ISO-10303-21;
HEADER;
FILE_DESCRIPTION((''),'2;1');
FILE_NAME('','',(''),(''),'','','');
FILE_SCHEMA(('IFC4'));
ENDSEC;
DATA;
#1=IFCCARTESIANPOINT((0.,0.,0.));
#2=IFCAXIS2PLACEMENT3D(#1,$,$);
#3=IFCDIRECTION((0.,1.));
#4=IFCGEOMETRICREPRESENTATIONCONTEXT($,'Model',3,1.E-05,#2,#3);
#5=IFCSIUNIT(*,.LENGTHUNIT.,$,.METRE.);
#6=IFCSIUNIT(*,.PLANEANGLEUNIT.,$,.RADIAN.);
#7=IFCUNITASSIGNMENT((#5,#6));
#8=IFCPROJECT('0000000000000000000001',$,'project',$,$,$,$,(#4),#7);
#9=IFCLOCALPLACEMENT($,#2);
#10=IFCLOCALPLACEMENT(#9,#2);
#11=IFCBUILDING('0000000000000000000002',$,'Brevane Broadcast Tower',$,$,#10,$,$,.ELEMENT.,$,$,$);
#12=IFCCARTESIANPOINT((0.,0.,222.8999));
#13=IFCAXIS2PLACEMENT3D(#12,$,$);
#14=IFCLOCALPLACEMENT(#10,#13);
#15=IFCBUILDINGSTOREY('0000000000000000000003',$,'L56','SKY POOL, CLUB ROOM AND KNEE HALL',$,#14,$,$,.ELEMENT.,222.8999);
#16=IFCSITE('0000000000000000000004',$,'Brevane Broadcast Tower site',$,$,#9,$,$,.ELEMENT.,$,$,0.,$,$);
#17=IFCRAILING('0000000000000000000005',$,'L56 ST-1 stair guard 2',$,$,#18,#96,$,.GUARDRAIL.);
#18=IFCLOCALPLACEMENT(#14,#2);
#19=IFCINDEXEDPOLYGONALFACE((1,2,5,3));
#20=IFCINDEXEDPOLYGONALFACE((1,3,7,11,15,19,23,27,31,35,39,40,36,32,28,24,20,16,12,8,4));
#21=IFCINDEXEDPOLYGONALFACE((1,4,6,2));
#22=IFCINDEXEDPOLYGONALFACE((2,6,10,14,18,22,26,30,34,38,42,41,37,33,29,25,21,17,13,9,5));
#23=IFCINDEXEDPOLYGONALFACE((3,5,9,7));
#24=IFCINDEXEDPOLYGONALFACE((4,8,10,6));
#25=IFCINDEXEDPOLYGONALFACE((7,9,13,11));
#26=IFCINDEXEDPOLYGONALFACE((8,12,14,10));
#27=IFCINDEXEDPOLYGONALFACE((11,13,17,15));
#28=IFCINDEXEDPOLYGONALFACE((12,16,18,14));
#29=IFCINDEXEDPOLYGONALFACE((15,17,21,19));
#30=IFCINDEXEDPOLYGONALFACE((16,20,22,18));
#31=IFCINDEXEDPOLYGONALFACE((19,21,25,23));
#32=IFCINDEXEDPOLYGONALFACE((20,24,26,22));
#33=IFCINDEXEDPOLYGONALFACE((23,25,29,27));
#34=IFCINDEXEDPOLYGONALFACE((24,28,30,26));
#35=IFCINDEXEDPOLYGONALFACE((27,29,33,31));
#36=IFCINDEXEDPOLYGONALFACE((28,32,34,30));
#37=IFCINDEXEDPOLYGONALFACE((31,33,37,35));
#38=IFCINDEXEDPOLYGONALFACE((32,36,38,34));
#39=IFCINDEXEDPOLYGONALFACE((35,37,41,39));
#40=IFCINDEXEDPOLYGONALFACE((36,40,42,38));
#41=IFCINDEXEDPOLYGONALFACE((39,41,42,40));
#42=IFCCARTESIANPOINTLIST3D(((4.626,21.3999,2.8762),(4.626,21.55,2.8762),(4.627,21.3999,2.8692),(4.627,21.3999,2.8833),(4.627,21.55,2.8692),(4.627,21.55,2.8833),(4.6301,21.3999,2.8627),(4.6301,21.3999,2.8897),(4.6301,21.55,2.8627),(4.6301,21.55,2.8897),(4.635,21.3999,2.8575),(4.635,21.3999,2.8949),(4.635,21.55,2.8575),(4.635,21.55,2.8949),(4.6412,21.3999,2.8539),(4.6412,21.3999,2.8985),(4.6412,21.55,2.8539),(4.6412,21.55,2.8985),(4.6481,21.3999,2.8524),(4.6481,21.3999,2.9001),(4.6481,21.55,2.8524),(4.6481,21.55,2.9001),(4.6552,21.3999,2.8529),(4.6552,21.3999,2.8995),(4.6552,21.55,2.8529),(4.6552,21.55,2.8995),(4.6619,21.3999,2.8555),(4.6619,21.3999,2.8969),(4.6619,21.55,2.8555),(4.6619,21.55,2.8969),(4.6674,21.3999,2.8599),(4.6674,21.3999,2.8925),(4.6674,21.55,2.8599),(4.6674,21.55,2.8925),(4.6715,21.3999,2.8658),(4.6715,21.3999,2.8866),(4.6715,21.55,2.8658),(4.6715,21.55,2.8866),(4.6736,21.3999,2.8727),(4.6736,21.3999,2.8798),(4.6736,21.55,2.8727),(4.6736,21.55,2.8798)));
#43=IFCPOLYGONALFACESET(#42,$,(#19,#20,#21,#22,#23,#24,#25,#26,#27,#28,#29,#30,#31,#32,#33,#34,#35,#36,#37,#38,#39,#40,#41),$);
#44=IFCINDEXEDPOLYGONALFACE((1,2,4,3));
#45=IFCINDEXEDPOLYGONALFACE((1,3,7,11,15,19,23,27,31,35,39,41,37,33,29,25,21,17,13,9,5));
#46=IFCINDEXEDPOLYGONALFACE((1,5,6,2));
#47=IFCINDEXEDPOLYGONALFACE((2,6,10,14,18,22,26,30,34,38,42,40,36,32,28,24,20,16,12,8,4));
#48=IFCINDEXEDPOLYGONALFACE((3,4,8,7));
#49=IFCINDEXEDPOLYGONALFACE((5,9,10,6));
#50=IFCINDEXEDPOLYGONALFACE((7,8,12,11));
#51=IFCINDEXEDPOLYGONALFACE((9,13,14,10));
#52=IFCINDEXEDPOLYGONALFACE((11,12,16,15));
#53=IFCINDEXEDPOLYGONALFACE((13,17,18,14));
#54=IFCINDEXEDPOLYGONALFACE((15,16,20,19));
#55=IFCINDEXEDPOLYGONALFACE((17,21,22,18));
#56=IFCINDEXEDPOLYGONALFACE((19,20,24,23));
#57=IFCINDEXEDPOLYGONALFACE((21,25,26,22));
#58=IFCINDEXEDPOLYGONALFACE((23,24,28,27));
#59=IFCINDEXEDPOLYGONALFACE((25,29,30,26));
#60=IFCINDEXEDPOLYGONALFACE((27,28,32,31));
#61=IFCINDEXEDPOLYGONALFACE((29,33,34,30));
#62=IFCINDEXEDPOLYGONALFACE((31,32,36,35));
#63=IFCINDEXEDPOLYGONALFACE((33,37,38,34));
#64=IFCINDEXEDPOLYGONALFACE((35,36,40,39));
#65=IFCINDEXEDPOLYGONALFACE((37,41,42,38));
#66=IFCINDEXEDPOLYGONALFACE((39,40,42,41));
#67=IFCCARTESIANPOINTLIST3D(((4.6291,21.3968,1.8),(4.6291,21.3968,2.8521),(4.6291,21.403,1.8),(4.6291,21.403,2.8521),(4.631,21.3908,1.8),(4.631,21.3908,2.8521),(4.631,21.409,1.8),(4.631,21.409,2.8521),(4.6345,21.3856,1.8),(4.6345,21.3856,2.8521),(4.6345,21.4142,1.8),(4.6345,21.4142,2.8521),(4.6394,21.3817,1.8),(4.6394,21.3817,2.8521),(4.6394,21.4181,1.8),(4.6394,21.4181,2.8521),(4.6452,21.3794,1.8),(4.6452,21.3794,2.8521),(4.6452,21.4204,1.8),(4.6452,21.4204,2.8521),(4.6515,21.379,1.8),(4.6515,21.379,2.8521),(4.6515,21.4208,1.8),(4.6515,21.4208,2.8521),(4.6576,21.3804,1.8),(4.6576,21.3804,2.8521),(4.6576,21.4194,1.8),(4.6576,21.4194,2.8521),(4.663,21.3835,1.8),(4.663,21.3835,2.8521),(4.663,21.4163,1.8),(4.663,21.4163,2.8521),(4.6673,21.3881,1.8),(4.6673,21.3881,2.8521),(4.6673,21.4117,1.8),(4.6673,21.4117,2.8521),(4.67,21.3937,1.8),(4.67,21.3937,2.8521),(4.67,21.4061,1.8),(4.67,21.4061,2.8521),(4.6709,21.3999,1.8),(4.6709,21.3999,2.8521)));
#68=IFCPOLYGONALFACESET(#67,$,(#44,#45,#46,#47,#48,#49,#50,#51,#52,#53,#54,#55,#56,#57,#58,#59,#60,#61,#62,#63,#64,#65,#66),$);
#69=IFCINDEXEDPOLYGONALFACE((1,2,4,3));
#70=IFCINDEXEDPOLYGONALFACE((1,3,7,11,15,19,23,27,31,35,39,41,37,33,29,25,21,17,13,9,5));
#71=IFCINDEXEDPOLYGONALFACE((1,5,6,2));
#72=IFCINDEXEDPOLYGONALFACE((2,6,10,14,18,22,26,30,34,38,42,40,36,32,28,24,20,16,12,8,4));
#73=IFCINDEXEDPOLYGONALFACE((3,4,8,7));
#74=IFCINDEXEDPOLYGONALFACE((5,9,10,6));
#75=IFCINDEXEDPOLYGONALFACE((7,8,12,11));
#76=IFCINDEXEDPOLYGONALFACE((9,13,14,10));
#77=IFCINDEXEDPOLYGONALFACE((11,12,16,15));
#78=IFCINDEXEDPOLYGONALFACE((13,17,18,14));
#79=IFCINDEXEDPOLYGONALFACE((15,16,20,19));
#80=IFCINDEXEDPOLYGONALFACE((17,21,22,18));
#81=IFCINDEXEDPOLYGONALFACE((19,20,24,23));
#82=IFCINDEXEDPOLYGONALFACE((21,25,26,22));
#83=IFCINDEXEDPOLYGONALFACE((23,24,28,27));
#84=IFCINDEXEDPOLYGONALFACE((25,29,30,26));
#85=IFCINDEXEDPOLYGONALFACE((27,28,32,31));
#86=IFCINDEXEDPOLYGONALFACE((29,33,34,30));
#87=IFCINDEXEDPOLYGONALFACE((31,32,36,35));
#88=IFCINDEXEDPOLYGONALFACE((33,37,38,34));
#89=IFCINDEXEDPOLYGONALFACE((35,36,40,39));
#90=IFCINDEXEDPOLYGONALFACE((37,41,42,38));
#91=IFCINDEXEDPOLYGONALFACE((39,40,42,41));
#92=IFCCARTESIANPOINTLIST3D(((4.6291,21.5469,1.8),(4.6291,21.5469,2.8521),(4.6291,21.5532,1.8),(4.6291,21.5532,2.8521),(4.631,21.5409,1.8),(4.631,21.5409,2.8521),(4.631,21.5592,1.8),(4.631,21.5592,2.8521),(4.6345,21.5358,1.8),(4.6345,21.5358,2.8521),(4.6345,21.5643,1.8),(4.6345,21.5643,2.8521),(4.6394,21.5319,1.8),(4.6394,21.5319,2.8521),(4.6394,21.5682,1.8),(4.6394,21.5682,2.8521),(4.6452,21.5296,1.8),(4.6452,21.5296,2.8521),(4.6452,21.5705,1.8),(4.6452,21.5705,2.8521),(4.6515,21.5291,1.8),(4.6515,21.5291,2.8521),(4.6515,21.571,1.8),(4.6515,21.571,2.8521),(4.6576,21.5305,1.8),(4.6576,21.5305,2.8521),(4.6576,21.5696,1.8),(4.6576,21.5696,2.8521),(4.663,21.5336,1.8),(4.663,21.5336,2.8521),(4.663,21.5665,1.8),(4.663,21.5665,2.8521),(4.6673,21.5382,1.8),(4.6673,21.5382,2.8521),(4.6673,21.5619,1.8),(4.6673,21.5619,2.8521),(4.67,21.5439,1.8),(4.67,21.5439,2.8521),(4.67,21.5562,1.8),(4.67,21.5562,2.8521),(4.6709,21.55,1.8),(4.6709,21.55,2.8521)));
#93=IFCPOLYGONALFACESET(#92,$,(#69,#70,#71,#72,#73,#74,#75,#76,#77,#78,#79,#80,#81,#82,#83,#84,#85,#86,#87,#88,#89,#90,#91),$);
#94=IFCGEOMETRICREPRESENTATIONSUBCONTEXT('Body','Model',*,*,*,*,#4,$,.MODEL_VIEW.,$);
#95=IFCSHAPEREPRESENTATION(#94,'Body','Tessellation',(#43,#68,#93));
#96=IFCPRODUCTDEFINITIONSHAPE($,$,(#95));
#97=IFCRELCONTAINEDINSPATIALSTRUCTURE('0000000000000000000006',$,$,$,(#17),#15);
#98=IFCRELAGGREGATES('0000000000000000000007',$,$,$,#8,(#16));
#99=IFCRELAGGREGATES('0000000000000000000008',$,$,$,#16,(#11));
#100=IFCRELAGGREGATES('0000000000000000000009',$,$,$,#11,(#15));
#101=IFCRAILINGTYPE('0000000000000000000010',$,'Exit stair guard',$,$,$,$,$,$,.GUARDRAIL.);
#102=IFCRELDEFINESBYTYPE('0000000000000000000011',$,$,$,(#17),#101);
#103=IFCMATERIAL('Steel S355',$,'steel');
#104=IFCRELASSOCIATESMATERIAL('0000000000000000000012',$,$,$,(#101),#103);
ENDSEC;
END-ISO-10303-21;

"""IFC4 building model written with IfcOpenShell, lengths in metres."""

from ifc_helpers import new_model, si_unit, direction, frame, origin, origin_2d, place, context, subcontext, project, spatial, circle, extrude, material, type_object, element, save


model = new_model("IFC4")

# Units and contexts
model_context = context("Model", 3, precision=1e-05, world=origin(), true_north=direction((0.0, 1.0)))
body_context = subcontext(model_context, "Body", "Model", "MODEL_VIEW")
ifc_project = project(units=[si_unit("LENGTHUNIT", "METRE"), si_unit("PLANEANGLEUNIT", "RADIAN")], contexts=[model_context])

# Site, building, storey
site_placement = place(None, origin())
site = spatial("IfcSite", under=ifc_project, at=site_placement, Name="Brevane Broadcast Tower site", CompositionType="ELEMENT", RefElevation=0.0)
building_placement = place(site_placement, origin())
building = spatial("IfcBuilding", under=site, at=building_placement, Name="Brevane Broadcast Tower", CompositionType="ELEMENT")
storey_placement = place(building_placement, frame((0.0, 0.0, 222.8999)))
storey = spatial("IfcBuildingStorey", under=building, at=storey_placement, Name="L56", Description="SKY POOL, CLUB ROOM AND KNEE HALL", CompositionType="ELEMENT", Elevation=222.8999)

# Railing
ifc_material_1 = material(Name="Steel S355", Category="steel")
railing_type_1 = type_object("IfcRailingType", Name="Exit stair guard", PredefinedType="GUARDRAIL", material=ifc_material_1)
railing_1_placement = place(storey_placement, frame((4.6499, 21.3999, 1.8)))
element("IfcRailing", 1, at=railing_1_placement, inside=storey, type_object=railing_type_1, Name="L56 ST-1 stair guard 2", PredefinedType="GUARDRAIL", context=body_context, shape_type="SweptSolid", body=[
    extrude(circle(Radius=0.0239, at=origin_2d()), frame((0.0, 0.0, 1.0762), z_axis=(0.0, 1.0, 0.0), x_axis=(-1.0, 0.0, 0.0)), (0.0, 0.0, 1.0), 0.1501),
    extrude(circle(Radius=0.021, at=origin_2d()), origin(), (0.0, 0.0, 1.0), 1.052),
    extrude(circle(Radius=0.021, at=origin_2d()), frame((0.0, 0.1501, 0.0)), (0.0, 0.0, 1.0), 1.052),
])

save(model, "model.ifc")
